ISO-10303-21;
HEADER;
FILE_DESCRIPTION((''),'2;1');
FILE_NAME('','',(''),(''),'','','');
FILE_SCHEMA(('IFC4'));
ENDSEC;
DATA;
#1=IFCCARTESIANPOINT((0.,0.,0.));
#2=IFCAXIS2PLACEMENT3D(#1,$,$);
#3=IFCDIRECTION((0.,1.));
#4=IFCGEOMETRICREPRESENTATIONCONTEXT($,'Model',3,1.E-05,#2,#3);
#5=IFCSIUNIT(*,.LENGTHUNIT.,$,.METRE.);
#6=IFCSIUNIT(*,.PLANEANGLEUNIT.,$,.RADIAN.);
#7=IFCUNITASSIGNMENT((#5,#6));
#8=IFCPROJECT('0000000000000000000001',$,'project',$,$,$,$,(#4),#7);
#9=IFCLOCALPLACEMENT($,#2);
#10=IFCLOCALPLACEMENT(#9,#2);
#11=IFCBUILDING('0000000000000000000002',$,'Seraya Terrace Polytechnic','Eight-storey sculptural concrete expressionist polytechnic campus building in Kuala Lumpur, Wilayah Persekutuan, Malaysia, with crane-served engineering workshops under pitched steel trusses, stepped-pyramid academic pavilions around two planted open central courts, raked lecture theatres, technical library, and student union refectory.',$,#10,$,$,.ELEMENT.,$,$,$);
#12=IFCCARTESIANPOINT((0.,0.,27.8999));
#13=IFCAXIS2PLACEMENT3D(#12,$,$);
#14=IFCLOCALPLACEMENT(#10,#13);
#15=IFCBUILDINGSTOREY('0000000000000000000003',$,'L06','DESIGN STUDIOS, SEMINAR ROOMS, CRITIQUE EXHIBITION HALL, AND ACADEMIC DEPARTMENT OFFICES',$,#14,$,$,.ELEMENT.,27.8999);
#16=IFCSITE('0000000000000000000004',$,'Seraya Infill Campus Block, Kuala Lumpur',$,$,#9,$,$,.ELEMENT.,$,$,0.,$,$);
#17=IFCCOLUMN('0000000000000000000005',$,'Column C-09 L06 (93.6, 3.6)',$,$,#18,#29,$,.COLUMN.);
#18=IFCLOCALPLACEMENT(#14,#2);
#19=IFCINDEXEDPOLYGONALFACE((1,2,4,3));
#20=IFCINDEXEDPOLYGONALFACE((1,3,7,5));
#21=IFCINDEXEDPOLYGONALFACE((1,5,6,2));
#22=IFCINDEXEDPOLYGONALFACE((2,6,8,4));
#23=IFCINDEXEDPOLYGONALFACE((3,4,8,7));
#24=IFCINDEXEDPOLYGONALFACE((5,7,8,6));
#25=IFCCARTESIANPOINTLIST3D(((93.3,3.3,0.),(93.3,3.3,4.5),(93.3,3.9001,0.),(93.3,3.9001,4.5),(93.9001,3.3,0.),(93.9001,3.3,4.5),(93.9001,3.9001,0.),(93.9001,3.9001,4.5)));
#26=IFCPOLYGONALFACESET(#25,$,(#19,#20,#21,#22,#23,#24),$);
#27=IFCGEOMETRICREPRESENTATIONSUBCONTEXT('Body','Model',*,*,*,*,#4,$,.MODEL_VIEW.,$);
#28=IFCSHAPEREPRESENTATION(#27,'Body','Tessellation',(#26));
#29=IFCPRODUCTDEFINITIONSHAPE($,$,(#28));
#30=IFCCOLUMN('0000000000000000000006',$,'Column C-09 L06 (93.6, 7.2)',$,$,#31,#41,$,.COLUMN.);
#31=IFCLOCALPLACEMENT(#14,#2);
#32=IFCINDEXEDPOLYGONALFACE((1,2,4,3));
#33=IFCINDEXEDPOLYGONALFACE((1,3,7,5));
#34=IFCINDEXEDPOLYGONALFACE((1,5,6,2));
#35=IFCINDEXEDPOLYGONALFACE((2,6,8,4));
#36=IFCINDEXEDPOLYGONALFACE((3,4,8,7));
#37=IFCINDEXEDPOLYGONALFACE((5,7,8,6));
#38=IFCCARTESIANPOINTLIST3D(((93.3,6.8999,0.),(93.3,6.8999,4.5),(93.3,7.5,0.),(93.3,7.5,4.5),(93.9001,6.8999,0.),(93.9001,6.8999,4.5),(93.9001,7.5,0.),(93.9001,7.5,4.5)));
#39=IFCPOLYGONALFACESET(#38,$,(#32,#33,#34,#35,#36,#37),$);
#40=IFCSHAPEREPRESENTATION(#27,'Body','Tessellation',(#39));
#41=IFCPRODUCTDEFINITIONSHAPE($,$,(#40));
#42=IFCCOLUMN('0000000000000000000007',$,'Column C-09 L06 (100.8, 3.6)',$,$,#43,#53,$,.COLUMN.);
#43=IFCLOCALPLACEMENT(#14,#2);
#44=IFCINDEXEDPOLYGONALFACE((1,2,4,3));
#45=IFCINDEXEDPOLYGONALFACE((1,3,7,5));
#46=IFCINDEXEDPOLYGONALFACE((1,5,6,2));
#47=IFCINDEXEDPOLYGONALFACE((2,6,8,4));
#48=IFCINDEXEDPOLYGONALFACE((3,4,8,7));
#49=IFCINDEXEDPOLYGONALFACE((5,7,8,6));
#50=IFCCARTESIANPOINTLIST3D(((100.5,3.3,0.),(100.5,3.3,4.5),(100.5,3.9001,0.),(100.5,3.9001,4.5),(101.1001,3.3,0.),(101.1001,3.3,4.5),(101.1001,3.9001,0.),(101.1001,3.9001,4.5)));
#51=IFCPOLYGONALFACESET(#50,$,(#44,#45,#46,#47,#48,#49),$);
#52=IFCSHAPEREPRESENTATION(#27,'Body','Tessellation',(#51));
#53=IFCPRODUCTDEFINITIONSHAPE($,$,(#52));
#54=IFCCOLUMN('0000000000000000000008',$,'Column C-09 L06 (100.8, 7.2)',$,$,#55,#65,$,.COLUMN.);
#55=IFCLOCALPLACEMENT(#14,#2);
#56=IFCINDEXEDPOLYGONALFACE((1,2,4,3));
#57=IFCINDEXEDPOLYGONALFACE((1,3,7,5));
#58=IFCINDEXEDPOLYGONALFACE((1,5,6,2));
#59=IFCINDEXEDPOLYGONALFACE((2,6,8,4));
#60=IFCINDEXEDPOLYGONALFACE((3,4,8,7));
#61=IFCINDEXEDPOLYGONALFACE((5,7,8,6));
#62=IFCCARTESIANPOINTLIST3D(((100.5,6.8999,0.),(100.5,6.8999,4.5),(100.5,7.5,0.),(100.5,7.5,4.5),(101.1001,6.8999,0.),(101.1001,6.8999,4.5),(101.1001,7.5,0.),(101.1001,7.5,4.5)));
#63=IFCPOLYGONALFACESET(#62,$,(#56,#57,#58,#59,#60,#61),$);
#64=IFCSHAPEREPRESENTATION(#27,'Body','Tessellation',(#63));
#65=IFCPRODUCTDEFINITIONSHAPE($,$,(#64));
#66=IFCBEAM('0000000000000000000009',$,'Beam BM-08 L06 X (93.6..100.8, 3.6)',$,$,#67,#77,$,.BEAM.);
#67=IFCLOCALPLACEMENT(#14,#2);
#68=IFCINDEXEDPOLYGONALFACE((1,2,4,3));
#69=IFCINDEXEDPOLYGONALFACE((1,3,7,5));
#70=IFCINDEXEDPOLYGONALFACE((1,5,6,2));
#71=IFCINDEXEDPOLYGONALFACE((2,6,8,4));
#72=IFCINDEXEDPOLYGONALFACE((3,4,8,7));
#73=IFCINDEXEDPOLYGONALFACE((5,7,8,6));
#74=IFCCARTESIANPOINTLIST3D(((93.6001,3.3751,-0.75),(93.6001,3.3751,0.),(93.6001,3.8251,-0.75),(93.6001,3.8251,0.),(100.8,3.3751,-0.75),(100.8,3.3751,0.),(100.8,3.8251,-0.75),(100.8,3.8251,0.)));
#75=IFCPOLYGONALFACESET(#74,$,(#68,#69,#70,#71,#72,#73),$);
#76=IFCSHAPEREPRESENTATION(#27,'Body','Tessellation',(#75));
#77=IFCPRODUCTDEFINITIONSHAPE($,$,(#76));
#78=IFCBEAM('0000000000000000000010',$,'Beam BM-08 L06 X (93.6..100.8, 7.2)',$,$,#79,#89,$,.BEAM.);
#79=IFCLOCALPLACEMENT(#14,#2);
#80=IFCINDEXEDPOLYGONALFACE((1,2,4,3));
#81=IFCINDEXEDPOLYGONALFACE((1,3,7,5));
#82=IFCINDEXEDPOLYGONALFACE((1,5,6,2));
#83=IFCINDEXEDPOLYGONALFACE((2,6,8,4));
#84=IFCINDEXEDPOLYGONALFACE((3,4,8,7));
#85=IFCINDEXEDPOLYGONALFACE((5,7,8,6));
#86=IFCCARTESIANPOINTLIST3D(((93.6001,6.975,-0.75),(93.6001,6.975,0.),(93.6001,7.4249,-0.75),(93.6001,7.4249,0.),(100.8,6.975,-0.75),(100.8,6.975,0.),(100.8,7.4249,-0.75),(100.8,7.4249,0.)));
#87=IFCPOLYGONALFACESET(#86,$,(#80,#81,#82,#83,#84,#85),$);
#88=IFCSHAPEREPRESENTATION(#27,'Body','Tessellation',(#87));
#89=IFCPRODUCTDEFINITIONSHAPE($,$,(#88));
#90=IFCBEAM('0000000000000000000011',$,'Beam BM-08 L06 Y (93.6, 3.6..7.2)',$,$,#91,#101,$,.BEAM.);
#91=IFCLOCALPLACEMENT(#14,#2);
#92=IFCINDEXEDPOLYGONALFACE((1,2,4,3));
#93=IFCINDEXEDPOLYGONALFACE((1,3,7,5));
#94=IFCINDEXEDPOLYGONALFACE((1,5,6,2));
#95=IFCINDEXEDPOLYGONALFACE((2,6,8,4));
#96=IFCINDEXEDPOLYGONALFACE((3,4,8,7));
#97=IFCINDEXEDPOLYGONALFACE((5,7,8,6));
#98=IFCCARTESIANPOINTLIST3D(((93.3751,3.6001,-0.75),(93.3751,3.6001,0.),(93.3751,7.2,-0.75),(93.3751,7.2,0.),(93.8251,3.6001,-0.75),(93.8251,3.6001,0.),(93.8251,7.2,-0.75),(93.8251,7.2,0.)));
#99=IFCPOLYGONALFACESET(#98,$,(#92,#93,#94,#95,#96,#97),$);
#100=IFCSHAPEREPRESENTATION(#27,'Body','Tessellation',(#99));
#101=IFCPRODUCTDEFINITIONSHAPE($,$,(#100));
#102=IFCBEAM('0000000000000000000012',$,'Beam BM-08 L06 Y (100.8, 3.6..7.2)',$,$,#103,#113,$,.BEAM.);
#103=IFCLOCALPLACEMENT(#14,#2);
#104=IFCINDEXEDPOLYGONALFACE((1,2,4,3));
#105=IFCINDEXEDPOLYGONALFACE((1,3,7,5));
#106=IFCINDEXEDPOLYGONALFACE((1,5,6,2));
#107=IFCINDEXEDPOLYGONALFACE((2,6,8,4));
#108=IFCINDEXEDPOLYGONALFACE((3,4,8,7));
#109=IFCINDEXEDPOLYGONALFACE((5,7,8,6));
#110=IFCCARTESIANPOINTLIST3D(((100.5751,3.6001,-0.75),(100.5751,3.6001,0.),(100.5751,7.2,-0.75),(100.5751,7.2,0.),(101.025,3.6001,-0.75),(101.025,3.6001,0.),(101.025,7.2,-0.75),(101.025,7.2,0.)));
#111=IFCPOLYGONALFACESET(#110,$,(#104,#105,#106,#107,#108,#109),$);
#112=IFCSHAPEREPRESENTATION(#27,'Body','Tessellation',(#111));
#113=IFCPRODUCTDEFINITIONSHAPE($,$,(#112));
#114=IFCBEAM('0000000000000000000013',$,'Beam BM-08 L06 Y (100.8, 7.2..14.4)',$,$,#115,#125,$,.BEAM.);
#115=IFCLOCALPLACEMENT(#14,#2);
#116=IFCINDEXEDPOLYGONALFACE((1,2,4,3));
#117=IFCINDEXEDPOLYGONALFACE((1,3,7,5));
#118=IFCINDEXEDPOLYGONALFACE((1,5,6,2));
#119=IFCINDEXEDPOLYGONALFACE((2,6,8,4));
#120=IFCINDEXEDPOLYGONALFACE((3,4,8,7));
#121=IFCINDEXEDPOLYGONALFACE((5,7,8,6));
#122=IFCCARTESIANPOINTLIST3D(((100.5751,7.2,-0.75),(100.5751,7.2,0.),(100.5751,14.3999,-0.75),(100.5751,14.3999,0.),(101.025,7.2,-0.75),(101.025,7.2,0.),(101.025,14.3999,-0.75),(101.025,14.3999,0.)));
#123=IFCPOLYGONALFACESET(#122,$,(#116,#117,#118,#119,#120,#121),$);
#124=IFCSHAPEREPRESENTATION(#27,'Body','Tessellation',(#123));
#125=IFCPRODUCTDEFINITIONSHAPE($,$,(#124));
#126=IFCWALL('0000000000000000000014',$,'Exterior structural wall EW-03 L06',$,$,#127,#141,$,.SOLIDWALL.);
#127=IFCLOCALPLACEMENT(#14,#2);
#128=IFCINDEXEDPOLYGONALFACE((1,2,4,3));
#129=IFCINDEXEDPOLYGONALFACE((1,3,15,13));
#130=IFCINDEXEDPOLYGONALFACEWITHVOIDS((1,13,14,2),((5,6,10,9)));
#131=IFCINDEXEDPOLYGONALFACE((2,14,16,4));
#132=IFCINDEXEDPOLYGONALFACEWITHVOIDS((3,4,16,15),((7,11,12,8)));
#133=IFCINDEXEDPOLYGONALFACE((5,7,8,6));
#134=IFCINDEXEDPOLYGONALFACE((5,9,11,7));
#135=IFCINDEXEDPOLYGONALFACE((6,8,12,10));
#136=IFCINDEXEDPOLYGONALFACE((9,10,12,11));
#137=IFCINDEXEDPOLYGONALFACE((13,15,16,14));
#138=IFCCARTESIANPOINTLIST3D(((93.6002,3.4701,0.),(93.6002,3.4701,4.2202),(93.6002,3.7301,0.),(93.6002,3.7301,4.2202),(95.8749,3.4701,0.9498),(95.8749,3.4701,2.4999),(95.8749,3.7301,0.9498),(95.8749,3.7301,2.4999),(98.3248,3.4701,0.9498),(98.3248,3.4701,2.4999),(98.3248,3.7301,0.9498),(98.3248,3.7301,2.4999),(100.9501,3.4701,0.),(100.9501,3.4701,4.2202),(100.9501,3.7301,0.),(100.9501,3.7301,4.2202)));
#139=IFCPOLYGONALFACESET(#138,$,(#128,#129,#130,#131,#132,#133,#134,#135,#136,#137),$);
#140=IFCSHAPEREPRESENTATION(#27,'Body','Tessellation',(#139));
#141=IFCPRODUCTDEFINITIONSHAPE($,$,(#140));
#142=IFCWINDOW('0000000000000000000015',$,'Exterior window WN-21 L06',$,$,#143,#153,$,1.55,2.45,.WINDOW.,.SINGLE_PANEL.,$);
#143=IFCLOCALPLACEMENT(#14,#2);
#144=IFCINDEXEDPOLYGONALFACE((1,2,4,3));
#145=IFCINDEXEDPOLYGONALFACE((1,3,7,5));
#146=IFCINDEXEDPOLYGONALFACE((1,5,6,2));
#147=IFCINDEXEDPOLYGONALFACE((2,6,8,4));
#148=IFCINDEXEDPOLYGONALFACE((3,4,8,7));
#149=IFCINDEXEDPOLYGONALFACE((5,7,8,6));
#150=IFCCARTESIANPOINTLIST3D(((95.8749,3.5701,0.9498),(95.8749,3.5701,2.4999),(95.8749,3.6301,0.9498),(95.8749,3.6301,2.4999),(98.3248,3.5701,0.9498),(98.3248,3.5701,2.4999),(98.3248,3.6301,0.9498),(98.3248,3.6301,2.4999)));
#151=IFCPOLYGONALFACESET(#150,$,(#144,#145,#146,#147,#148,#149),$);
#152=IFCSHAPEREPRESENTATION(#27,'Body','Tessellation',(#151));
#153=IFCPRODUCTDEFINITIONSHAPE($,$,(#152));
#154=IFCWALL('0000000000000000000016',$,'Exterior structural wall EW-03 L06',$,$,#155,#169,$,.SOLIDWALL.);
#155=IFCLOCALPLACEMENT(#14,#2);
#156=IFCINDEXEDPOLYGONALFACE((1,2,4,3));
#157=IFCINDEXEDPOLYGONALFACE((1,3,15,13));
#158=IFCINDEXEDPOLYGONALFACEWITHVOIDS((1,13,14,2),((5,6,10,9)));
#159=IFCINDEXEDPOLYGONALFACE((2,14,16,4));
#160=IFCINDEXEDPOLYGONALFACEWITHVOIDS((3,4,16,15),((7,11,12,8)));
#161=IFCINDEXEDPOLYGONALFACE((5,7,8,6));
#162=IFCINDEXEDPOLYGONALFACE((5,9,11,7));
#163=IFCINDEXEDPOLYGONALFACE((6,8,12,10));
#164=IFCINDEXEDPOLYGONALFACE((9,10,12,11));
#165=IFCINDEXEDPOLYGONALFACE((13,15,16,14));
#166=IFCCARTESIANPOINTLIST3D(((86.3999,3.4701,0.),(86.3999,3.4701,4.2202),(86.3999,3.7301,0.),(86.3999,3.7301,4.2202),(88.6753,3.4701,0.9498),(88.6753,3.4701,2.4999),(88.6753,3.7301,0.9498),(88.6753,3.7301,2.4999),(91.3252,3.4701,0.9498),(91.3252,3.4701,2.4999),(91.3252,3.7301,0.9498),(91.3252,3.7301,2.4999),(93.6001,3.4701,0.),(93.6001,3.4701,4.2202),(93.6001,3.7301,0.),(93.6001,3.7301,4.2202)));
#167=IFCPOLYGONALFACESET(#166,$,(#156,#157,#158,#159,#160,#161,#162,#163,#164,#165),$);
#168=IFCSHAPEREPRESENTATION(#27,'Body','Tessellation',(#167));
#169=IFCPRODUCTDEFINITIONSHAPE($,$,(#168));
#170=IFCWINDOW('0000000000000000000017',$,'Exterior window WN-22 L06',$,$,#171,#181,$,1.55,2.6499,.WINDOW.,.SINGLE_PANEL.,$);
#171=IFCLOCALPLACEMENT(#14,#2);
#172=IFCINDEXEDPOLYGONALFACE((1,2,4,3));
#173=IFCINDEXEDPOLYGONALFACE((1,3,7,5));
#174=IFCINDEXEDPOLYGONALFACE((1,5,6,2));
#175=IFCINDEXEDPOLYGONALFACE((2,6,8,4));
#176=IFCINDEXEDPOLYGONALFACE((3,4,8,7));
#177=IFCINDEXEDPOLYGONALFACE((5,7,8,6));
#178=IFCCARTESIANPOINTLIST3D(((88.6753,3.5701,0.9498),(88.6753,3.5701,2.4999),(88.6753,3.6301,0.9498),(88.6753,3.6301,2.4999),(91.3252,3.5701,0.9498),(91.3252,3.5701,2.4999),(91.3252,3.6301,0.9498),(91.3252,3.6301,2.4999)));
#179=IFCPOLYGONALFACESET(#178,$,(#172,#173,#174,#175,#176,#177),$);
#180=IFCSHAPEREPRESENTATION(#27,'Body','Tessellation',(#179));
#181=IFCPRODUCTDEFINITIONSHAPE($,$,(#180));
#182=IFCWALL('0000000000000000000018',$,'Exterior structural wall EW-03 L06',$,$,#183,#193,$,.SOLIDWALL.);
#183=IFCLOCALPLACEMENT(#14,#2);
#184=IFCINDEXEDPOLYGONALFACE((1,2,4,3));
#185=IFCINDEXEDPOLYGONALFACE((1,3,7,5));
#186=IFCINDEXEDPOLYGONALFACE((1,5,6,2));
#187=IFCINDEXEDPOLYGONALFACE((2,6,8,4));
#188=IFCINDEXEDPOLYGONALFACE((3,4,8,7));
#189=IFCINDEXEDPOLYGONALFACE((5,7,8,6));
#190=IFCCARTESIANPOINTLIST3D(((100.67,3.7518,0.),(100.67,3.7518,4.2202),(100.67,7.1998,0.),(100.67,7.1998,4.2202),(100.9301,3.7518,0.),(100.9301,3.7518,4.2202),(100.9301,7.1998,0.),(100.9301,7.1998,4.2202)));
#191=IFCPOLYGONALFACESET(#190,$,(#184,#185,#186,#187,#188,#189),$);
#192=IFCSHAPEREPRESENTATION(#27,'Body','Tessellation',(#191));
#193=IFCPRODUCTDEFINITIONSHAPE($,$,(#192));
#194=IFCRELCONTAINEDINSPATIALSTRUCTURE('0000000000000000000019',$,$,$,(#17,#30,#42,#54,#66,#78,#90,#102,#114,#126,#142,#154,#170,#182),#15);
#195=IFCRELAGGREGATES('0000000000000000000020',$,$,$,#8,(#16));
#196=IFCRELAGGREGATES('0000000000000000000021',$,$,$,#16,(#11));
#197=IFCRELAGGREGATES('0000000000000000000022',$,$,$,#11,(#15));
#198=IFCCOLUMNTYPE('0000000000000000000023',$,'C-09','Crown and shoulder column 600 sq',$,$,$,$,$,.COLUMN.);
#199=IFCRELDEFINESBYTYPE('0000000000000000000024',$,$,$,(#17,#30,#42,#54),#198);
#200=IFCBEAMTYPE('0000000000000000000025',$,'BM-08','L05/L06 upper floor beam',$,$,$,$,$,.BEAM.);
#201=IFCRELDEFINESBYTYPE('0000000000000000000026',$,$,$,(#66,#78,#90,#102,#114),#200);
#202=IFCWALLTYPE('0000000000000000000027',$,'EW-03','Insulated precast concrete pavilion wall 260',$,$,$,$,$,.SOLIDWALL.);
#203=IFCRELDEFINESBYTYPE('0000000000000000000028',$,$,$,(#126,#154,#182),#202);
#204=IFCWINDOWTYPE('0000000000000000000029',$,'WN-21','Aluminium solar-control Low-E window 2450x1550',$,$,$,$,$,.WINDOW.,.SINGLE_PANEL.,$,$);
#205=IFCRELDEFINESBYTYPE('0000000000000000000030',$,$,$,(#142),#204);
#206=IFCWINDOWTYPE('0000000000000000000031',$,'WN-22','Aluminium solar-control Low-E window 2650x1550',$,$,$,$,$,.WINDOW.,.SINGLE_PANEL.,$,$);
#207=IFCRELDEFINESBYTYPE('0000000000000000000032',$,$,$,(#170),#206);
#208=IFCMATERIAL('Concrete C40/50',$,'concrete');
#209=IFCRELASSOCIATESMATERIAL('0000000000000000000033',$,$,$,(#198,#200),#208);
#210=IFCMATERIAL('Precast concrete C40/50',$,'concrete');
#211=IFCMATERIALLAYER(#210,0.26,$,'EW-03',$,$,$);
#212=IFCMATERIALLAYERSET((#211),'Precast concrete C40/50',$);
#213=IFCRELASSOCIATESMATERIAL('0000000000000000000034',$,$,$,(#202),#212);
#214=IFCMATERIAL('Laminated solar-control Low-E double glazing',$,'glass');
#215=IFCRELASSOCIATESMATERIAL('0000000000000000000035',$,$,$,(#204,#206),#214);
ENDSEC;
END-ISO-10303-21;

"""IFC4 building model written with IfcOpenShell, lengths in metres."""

from ifc_helpers import new_model, si_unit, direction, frame, frame_2d, origin, origin_2d, place, context, subcontext, project, spatial, rectangle, extrude, material, layer, layer_set, material_profile, profile_set, type_object, element, fill, save


model = new_model("IFC4")

# Units and contexts
model_context = context("Model", 3, precision=1e-05, world=origin(), true_north=direction((0.0, 1.0)))
body_context = subcontext(model_context, "Body", "Model", "MODEL_VIEW")
ifc_project = project(units=[si_unit("LENGTHUNIT", "METRE"), si_unit("PLANEANGLEUNIT", "RADIAN")], contexts=[model_context])

# Site, building, storey
site_placement = place(None, origin())
site = spatial("IfcSite", under=ifc_project, at=site_placement, Name="Seraya Infill Campus Block, Kuala Lumpur", CompositionType="ELEMENT", RefElevation=0.0)
building_placement = place(site_placement, origin())
building = spatial("IfcBuilding", under=site, at=building_placement, Name="Seraya Terrace Polytechnic", Description="Eight-storey sculptural concrete expressionist polytechnic campus building in Kuala Lumpur, Wilayah Persekutuan, Malaysia, with crane-served engineering workshops under pitched steel trusses, stepped-pyramid academic pavilions around two planted open central courts, raked lecture theatres, technical library, and student union refectory.", CompositionType="ELEMENT")
storey_placement = place(building_placement, frame((0.0, 0.0, 27.8999)))
storey = spatial("IfcBuildingStorey", under=building, at=storey_placement, Name="L06", Description="DESIGN STUDIOS, SEMINAR ROOMS, CRITIQUE EXHIBITION HALL, AND ACADEMIC DEPARTMENT OFFICES", CompositionType="ELEMENT", Elevation=27.8999)

# Columns
ifc_material_1 = material(Name="Concrete C40/50", Category="concrete")
ifc_material_profile_1 = material_profile(ifc_material_1, rectangle(XDim=0.6001, YDim=0.6001, at=origin_2d()), Name="RC 600x600")
ifc_profile_set_1 = profile_set([ifc_material_profile_1], Name="Concrete C40/50")
column_type = type_object("IfcColumnType", Name="C-09", Description="Crown and shoulder column 600 sq", PredefinedType="COLUMN", material=ifc_profile_set_1)
for number, where, z_axis, x_axis, name in (
    (1, (93.6001, 3.6001, 0.0), (0.0, 0.0, 1.0), (1.0, 0.0, 0.0), "Column C-09 L06 (93.6, 3.6)"),
    (2, (93.6001, 7.2, 0.0), (0.0, 0.0, 1.0), (1.0, 0.0, 0.0), "Column C-09 L06 (93.6, 7.2)"),
    (3, (100.8, 3.6001, 0.0), (0.0, 0.0, 1.0), (1.0, 0.0, 0.0), "Column C-09 L06 (100.8, 3.6)"),
    (4, (100.8, 7.2, 0.0), (0.0, 0.0, 1.0), (1.0, 0.0, 0.0), "Column C-09 L06 (100.8, 7.2)"),
):
    element("IfcColumn", number, at=place(storey_placement, frame(where, z_axis=z_axis, x_axis=x_axis)), inside=storey, type_object=column_type, Name=name, PredefinedType="COLUMN", context=body_context, shape_type="SweptSolid", body=[
        extrude(rectangle(XDim=0.6001, YDim=0.6001, at=origin_2d()), origin(), (0.0, 0.0, 1.0), 4.5),
    ])

# Beams
ifc_material_profile_2 = material_profile(ifc_material_1, rectangle(XDim=0.45, YDim=0.75, at=origin_2d()), Name="RC 450x750")
ifc_profile_set_2 = profile_set([ifc_material_profile_2], Name="Concrete C40/50")
beam_type = type_object("IfcBeamType", Name="BM-08", Description="L05/L06 upper floor beam", PredefinedType="BEAM", material=ifc_profile_set_2)
for number, where, z_axis, x_axis, name in (
    (5, (93.6001, 3.6001, -0.375), (1.0, 0.0, 0.0), (0.0, 1.0, 0.0), "Beam BM-08 L06 X (93.6..100.8, 3.6)"),
    (6, (93.6001, 7.2, -0.375), (1.0, 0.0, 0.0), (0.0, 1.0, 0.0), "Beam BM-08 L06 X (93.6..100.8, 7.2)"),
):
    element("IfcBeam", number, at=place(storey_placement, frame(where, z_axis=z_axis, x_axis=x_axis)), inside=storey, type_object=beam_type, Name=name, PredefinedType="BEAM", context=body_context, shape_type="SweptSolid", body=[
        extrude(rectangle(XDim=0.45, YDim=0.75, at=origin_2d()), origin(), (0.0, 0.0, 1.0), 7.2),
    ])
for number, where, z_axis, x_axis, name in (
    (7, (93.6001, 3.6001, -0.375), (0.0, 1.0, 0.0), (-1.0, 0.0, 0.0), "Beam BM-08 L06 Y (93.6, 3.6..7.2)"),
    (8, (100.8, 3.6001, -0.375), (0.0, 1.0, 0.0), (-1.0, 0.0, 0.0), "Beam BM-08 L06 Y (100.8, 3.6..7.2)"),
):
    element("IfcBeam", number, at=place(storey_placement, frame(where, z_axis=z_axis, x_axis=x_axis)), inside=storey, type_object=beam_type, Name=name, PredefinedType="BEAM", context=body_context, shape_type="SweptSolid", body=[
        extrude(rectangle(XDim=0.45, YDim=0.75, at=origin_2d()), origin(), (0.0, 0.0, 1.0), 3.5999),
    ])
beam_placement = place(storey_placement, frame((100.8, 7.2, -0.375), z_axis=(0.0, 1.0, 0.0), x_axis=(-1.0, 0.0, 0.0)))
element("IfcBeam", 9, at=beam_placement, inside=storey, type_object=beam_type, Name="Beam BM-08 L06 Y (100.8, 7.2..14.4)", PredefinedType="BEAM", context=body_context, shape_type="SweptSolid", body=[
    extrude(rectangle(XDim=0.45, YDim=0.75, at=origin_2d()), origin(), (0.0, 0.0, 1.0), 7.2),
])

# Walls, openings, windows
ifc_material_2 = material(Name="Precast concrete C40/50", Category="concrete")
ifc_layer_1 = layer(ifc_material_2, 0.26, Name="EW-03")
ifc_layer_set_1 = layer_set([ifc_layer_1], Name="Precast concrete C40/50")
wall_type_1 = type_object("IfcWallType", Name="EW-03", Description="Insulated precast concrete pavilion wall 260", PredefinedType="SOLIDWALL", material=ifc_layer_set_1)
wall_1_placement = place(storey_placement, frame((100.95, 3.6001, 0.0), z_axis=(0.0, 0.0, 1.0), x_axis=(-1.0, 0.0, 0.0)))
wall_1 = element("IfcWall", 10, at=wall_1_placement, inside=storey, type_object=wall_type_1, Name="Exterior structural wall EW-03 L06", PredefinedType="SOLIDWALL", context=body_context, shape_type="SweptSolid", body=[
    extrude(rectangle(XDim=7.3499, YDim=0.26, at=frame_2d((3.6748, 0.0))), origin(), (0.0, 0.0, 1.0), 4.2202),
])
opening_1_placement = place(wall_1_placement, frame((2.625, 0.0, 0.95)))
opening_1 = element("IfcOpeningElement", 11, at=opening_1_placement, cuts=wall_1, PredefinedType="OPENING", context=body_context, shape_type="SweptSolid", body=[
    extrude(rectangle(XDim=2.45, YDim=1.55, at=frame_2d((1.2251, 0.7749))), frame((0.0, 0.1421, 0.0), z_axis=(0.0, -1.0, 0.0), x_axis=(1.0, 0.0, 0.0)), (0.0, 0.0, 1.0), 0.2839),
])
ifc_material_3 = material(Name="Laminated solar-control Low-E double glazing", Category="glass")
window_type_1 = type_object("IfcWindowType", Name="WN-21", Description="Aluminium solar-control Low-E window 2450x1550", PartitioningType="SINGLE_PANEL", PredefinedType="WINDOW", material=ifc_material_3)
window_1_placement = place(opening_1_placement, origin())
window_1 = element("IfcWindow", 12, at=window_1_placement, inside=storey, type_object=window_type_1, Name="Exterior window WN-21 L06", OverallHeight=1.55, OverallWidth=2.45, PartitioningType="SINGLE_PANEL", PredefinedType="WINDOW", context=body_context, shape_type="SweptSolid", body=[
    extrude(rectangle(XDim=2.45, YDim=1.55, at=frame_2d((1.2251, 0.7749))), frame((0.0, 0.03, 0.0), z_axis=(0.0, -1.0, 0.0), x_axis=(1.0, 0.0, 0.0)), (0.0, 0.0, 1.0), 0.0601),
])
fill(opening_1, window_1)
wall_2_placement = place(storey_placement, frame((93.6001, 3.6001, 0.0), z_axis=(0.0, 0.0, 1.0), x_axis=(-1.0, 0.0, 0.0)))
wall_2 = element("IfcWall", 13, at=wall_2_placement, inside=storey, type_object=wall_type_1, Name="Exterior structural wall EW-03 L06", PredefinedType="SOLIDWALL", context=body_context, shape_type="SweptSolid", body=[
    extrude(rectangle(XDim=7.2002, YDim=0.26, at=frame_2d((3.6001, 0.0))), origin(), (0.0, 0.0, 1.0), 4.2202),
])
opening_2_placement = place(wall_2_placement, frame((2.2749, 0.0, 0.95)))
opening_2 = element("IfcOpeningElement", 14, at=opening_2_placement, cuts=wall_2, PredefinedType="OPENING", context=body_context, shape_type="SweptSolid", body=[
    extrude(rectangle(XDim=2.6499, YDim=1.55, at=frame_2d((1.325, 0.7749))), frame((0.0, 0.1421, 0.0), z_axis=(0.0, -1.0, 0.0), x_axis=(1.0, 0.0, 0.0)), (0.0, 0.0, 1.0), 0.2839),
])
window_type_2 = type_object("IfcWindowType", Name="WN-22", Description="Aluminium solar-control Low-E window 2650x1550", PartitioningType="SINGLE_PANEL", PredefinedType="WINDOW", material=ifc_material_3)
window_2_placement = place(opening_2_placement, origin())
window_2 = element("IfcWindow", 15, at=window_2_placement, inside=storey, type_object=window_type_2, Name="Exterior window WN-22 L06", OverallHeight=1.55, OverallWidth=2.6499, PartitioningType="SINGLE_PANEL", PredefinedType="WINDOW", context=body_context, shape_type="SweptSolid", body=[
    extrude(rectangle(XDim=2.6499, YDim=1.55, at=frame_2d((1.325, 0.7749))), frame((0.0, 0.03, 0.0), z_axis=(0.0, -1.0, 0.0), x_axis=(1.0, 0.0, 0.0)), (0.0, 0.0, 1.0), 0.0601),
])
fill(opening_2, window_2)

# Wall
wall_3_placement = place(storey_placement, frame((100.8, 7.2, 0.0), z_axis=(0.0, 0.0, 1.0), x_axis=(0.0, -1.0, 0.0)))
element("IfcWall", 16, at=wall_3_placement, inside=storey, type_object=wall_type_1, Name="Exterior structural wall EW-03 L06", PredefinedType="SOLIDWALL", context=body_context, shape_type="SweptSolid", body=[
    extrude(rectangle(XDim=3.448, YDim=0.26, at=frame_2d((1.7241, 0.0))), origin(), (0.0, 0.0, 1.0), 4.2202),
])

save(model, "model.ifc")
